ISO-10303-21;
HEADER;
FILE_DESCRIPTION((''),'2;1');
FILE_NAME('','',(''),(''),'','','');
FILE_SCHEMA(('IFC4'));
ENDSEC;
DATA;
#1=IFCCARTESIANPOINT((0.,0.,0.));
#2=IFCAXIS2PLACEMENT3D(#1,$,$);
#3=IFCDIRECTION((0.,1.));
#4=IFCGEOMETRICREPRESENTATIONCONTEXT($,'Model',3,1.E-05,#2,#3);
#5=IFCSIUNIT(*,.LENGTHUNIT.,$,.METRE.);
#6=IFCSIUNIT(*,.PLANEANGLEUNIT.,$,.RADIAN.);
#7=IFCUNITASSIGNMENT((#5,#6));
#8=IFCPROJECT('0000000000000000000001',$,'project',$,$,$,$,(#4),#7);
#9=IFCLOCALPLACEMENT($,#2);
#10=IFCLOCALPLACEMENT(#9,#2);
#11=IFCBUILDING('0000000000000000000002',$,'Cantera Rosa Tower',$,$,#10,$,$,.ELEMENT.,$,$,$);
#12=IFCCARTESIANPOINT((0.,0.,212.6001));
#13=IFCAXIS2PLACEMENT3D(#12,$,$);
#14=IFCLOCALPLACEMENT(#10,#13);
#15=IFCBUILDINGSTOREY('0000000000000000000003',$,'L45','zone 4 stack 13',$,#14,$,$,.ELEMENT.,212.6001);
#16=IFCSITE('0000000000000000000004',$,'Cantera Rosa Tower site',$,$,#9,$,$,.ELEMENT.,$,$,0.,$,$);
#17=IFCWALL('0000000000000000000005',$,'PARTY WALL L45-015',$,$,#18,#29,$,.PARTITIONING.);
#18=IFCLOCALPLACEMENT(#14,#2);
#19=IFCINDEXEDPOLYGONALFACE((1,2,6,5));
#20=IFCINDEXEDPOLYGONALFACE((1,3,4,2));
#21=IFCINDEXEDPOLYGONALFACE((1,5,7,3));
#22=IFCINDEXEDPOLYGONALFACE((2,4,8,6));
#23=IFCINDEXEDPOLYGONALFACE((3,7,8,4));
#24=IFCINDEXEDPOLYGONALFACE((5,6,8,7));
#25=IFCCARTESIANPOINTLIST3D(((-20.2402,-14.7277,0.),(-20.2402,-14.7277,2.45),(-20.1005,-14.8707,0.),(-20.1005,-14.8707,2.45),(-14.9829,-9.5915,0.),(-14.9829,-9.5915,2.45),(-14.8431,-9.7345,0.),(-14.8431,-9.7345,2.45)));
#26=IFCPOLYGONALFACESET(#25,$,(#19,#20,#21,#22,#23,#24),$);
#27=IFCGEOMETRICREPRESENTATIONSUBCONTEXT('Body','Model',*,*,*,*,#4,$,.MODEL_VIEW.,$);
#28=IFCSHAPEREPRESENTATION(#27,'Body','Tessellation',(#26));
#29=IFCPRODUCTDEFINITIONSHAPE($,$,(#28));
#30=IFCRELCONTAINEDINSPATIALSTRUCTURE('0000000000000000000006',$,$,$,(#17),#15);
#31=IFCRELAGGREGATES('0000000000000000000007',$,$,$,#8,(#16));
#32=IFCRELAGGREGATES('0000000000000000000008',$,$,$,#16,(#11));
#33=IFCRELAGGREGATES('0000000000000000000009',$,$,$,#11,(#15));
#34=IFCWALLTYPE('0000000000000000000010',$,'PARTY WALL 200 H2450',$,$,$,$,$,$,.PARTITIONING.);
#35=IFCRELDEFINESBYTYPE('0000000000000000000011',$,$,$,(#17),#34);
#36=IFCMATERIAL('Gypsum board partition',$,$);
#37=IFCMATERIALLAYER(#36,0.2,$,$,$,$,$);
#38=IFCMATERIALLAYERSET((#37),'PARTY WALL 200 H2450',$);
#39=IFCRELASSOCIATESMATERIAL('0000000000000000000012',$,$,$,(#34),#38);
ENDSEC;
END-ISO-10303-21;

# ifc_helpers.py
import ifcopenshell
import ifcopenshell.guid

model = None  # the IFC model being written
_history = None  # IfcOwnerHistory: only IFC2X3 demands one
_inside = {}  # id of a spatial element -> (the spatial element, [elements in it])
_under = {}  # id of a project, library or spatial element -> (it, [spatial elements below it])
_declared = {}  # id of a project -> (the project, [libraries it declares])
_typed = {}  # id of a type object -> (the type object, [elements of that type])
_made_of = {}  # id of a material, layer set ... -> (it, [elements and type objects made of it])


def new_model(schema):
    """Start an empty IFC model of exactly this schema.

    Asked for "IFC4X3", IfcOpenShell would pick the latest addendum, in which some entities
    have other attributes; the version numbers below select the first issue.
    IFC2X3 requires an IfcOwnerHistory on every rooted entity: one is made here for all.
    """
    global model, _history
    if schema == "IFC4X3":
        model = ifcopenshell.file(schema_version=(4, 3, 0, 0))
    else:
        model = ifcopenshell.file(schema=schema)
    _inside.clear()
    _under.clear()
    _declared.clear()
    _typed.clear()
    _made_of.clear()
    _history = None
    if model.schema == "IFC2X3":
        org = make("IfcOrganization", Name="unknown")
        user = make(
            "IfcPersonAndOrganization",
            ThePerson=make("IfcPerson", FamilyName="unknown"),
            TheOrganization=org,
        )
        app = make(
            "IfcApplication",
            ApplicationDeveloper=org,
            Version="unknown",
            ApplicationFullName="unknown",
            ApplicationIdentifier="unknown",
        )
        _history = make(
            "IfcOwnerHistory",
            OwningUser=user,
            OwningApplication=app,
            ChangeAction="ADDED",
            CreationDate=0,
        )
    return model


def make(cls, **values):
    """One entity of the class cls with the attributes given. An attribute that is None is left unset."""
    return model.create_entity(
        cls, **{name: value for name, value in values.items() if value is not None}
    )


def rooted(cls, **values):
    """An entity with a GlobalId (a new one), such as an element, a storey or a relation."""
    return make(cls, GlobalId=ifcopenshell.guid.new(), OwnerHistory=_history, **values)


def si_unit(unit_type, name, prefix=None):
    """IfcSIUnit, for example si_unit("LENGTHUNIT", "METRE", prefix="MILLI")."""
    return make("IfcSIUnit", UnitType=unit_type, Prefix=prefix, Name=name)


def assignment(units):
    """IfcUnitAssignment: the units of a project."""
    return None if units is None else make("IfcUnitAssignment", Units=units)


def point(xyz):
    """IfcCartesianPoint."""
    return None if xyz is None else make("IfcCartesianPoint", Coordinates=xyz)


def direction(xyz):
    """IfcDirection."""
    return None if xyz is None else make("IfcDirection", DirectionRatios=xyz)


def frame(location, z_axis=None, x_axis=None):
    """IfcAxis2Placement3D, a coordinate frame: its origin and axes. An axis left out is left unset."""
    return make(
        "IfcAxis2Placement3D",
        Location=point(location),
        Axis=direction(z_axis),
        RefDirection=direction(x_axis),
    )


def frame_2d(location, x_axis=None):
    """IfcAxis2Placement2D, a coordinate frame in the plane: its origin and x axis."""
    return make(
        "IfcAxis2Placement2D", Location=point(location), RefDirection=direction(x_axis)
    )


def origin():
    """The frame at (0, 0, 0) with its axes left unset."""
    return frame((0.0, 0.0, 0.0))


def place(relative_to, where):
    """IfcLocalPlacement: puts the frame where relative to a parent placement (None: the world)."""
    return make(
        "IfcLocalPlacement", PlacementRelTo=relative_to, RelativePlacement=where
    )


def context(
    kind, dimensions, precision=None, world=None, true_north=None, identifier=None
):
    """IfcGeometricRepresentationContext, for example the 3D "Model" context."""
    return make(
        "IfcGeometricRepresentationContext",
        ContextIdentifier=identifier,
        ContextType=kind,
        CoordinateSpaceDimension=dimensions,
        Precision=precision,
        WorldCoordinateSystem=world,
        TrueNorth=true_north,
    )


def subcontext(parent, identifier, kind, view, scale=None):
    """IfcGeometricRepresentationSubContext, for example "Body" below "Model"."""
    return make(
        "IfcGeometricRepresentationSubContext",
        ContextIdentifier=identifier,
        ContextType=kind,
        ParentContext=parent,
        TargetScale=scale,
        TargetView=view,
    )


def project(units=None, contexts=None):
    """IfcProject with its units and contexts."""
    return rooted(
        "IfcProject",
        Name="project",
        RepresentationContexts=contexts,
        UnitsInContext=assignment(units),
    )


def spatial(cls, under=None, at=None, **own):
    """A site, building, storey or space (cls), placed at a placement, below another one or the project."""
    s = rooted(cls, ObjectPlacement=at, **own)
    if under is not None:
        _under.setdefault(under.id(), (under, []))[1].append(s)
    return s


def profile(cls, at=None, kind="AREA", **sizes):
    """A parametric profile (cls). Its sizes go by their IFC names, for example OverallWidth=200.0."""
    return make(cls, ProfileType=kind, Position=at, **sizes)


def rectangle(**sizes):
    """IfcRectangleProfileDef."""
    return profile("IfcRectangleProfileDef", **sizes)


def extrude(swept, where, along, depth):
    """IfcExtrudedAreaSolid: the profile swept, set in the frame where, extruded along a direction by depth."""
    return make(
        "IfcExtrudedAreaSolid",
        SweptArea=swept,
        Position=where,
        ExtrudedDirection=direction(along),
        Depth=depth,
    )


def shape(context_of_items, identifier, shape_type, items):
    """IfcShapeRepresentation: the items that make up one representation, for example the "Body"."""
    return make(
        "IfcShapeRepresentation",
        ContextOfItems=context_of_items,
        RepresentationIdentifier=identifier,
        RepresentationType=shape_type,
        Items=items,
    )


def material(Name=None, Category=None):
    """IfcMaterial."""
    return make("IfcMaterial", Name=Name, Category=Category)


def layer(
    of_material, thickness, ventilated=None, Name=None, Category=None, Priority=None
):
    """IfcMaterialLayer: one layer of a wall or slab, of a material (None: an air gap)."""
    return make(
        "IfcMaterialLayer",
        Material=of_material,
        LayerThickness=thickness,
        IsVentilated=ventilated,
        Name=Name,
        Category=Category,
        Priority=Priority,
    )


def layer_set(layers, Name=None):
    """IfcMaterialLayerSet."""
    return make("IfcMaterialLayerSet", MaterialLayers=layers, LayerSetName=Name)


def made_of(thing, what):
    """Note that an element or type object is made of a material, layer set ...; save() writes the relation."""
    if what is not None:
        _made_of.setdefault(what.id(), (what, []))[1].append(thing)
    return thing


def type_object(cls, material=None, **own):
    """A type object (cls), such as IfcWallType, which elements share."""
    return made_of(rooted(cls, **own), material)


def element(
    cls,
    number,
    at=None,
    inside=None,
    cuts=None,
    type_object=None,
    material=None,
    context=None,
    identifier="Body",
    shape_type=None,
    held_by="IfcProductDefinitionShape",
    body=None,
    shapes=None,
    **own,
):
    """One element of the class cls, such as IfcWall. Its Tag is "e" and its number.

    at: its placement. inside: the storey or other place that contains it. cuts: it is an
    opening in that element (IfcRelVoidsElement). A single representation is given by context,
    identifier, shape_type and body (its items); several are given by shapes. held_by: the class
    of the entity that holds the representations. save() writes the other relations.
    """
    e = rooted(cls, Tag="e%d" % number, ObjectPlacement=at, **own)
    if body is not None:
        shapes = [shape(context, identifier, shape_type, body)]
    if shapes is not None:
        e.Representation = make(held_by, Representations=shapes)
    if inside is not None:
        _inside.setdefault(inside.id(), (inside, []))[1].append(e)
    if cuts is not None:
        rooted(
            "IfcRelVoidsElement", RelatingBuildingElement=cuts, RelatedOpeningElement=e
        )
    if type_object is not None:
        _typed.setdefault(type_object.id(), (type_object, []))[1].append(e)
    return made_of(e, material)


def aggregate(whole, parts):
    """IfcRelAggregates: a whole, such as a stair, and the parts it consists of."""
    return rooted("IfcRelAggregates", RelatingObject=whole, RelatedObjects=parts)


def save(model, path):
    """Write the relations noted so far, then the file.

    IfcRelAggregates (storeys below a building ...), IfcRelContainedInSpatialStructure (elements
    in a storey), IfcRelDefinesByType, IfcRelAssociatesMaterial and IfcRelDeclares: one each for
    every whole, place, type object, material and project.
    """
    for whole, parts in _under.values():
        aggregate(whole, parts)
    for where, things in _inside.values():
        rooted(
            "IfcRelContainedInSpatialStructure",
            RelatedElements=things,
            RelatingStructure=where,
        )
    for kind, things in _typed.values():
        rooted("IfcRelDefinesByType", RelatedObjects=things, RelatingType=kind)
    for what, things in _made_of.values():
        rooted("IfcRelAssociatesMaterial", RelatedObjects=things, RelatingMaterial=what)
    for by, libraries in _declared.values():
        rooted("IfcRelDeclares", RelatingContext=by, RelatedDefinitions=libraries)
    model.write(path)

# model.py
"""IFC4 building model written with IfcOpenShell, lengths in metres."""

from ifc_helpers import new_model, si_unit, direction, frame, frame_2d, origin, place, context, subcontext, project, spatial, rectangle, extrude, material, layer, layer_set, type_object, element, save


model = new_model("IFC4")

# Units and contexts
model_context = context("Model", 3, precision=1e-05, world=origin(), true_north=direction((0.0, 1.0)))
body_context = subcontext(model_context, "Body", "Model", "MODEL_VIEW")
ifc_project = project(units=[si_unit("LENGTHUNIT", "METRE"), si_unit("PLANEANGLEUNIT", "RADIAN")], contexts=[model_context])

# Site, building, storey
site_placement = place(None, origin())
site = spatial("IfcSite", under=ifc_project, at=site_placement, Name="Cantera Rosa Tower site", CompositionType="ELEMENT", RefElevation=0.0)
building_placement = place(site_placement, origin())
building = spatial("IfcBuilding", under=site, at=building_placement, Name="Cantera Rosa Tower", CompositionType="ELEMENT")
storey_placement = place(building_placement, frame((0.0, 0.0, 212.6001)))
storey = spatial("IfcBuildingStorey", under=building, at=storey_placement, Name="L45", Description="zone 4 stack 13", CompositionType="ELEMENT", Elevation=212.6001)

# Wall
ifc_material_1 = material(Name="Gypsum board partition")
ifc_layer_1 = layer(ifc_material_1, 0.2)
ifc_layer_set_1 = layer_set([ifc_layer_1], Name="PARTY WALL 200 H2450")
wall_type_1 = type_object("IfcWallType", Name="PARTY WALL 200 H2450", PredefinedType="PARTITIONING", material=ifc_layer_set_1)
wall_1_placement = place(storey_placement, frame((-14.9131, -9.6631, 0.0), z_axis=(0.0, 0.0, 1.0), x_axis=(-0.715297, -0.698821, 0.0)))
element("IfcWall", 1, at=wall_1_placement, inside=storey, type_object=wall_type_1, Name="PARTY WALL L45-015", PredefinedType="PARTITIONING", context=body_context, shape_type="SweptSolid", body=[
    extrude(rectangle(XDim=7.3499, YDim=0.2, at=frame_2d((3.6748, 0.0))), origin(), (0.0, 0.0, 1.0), 2.45),
])

save(model, "model.ifc")
